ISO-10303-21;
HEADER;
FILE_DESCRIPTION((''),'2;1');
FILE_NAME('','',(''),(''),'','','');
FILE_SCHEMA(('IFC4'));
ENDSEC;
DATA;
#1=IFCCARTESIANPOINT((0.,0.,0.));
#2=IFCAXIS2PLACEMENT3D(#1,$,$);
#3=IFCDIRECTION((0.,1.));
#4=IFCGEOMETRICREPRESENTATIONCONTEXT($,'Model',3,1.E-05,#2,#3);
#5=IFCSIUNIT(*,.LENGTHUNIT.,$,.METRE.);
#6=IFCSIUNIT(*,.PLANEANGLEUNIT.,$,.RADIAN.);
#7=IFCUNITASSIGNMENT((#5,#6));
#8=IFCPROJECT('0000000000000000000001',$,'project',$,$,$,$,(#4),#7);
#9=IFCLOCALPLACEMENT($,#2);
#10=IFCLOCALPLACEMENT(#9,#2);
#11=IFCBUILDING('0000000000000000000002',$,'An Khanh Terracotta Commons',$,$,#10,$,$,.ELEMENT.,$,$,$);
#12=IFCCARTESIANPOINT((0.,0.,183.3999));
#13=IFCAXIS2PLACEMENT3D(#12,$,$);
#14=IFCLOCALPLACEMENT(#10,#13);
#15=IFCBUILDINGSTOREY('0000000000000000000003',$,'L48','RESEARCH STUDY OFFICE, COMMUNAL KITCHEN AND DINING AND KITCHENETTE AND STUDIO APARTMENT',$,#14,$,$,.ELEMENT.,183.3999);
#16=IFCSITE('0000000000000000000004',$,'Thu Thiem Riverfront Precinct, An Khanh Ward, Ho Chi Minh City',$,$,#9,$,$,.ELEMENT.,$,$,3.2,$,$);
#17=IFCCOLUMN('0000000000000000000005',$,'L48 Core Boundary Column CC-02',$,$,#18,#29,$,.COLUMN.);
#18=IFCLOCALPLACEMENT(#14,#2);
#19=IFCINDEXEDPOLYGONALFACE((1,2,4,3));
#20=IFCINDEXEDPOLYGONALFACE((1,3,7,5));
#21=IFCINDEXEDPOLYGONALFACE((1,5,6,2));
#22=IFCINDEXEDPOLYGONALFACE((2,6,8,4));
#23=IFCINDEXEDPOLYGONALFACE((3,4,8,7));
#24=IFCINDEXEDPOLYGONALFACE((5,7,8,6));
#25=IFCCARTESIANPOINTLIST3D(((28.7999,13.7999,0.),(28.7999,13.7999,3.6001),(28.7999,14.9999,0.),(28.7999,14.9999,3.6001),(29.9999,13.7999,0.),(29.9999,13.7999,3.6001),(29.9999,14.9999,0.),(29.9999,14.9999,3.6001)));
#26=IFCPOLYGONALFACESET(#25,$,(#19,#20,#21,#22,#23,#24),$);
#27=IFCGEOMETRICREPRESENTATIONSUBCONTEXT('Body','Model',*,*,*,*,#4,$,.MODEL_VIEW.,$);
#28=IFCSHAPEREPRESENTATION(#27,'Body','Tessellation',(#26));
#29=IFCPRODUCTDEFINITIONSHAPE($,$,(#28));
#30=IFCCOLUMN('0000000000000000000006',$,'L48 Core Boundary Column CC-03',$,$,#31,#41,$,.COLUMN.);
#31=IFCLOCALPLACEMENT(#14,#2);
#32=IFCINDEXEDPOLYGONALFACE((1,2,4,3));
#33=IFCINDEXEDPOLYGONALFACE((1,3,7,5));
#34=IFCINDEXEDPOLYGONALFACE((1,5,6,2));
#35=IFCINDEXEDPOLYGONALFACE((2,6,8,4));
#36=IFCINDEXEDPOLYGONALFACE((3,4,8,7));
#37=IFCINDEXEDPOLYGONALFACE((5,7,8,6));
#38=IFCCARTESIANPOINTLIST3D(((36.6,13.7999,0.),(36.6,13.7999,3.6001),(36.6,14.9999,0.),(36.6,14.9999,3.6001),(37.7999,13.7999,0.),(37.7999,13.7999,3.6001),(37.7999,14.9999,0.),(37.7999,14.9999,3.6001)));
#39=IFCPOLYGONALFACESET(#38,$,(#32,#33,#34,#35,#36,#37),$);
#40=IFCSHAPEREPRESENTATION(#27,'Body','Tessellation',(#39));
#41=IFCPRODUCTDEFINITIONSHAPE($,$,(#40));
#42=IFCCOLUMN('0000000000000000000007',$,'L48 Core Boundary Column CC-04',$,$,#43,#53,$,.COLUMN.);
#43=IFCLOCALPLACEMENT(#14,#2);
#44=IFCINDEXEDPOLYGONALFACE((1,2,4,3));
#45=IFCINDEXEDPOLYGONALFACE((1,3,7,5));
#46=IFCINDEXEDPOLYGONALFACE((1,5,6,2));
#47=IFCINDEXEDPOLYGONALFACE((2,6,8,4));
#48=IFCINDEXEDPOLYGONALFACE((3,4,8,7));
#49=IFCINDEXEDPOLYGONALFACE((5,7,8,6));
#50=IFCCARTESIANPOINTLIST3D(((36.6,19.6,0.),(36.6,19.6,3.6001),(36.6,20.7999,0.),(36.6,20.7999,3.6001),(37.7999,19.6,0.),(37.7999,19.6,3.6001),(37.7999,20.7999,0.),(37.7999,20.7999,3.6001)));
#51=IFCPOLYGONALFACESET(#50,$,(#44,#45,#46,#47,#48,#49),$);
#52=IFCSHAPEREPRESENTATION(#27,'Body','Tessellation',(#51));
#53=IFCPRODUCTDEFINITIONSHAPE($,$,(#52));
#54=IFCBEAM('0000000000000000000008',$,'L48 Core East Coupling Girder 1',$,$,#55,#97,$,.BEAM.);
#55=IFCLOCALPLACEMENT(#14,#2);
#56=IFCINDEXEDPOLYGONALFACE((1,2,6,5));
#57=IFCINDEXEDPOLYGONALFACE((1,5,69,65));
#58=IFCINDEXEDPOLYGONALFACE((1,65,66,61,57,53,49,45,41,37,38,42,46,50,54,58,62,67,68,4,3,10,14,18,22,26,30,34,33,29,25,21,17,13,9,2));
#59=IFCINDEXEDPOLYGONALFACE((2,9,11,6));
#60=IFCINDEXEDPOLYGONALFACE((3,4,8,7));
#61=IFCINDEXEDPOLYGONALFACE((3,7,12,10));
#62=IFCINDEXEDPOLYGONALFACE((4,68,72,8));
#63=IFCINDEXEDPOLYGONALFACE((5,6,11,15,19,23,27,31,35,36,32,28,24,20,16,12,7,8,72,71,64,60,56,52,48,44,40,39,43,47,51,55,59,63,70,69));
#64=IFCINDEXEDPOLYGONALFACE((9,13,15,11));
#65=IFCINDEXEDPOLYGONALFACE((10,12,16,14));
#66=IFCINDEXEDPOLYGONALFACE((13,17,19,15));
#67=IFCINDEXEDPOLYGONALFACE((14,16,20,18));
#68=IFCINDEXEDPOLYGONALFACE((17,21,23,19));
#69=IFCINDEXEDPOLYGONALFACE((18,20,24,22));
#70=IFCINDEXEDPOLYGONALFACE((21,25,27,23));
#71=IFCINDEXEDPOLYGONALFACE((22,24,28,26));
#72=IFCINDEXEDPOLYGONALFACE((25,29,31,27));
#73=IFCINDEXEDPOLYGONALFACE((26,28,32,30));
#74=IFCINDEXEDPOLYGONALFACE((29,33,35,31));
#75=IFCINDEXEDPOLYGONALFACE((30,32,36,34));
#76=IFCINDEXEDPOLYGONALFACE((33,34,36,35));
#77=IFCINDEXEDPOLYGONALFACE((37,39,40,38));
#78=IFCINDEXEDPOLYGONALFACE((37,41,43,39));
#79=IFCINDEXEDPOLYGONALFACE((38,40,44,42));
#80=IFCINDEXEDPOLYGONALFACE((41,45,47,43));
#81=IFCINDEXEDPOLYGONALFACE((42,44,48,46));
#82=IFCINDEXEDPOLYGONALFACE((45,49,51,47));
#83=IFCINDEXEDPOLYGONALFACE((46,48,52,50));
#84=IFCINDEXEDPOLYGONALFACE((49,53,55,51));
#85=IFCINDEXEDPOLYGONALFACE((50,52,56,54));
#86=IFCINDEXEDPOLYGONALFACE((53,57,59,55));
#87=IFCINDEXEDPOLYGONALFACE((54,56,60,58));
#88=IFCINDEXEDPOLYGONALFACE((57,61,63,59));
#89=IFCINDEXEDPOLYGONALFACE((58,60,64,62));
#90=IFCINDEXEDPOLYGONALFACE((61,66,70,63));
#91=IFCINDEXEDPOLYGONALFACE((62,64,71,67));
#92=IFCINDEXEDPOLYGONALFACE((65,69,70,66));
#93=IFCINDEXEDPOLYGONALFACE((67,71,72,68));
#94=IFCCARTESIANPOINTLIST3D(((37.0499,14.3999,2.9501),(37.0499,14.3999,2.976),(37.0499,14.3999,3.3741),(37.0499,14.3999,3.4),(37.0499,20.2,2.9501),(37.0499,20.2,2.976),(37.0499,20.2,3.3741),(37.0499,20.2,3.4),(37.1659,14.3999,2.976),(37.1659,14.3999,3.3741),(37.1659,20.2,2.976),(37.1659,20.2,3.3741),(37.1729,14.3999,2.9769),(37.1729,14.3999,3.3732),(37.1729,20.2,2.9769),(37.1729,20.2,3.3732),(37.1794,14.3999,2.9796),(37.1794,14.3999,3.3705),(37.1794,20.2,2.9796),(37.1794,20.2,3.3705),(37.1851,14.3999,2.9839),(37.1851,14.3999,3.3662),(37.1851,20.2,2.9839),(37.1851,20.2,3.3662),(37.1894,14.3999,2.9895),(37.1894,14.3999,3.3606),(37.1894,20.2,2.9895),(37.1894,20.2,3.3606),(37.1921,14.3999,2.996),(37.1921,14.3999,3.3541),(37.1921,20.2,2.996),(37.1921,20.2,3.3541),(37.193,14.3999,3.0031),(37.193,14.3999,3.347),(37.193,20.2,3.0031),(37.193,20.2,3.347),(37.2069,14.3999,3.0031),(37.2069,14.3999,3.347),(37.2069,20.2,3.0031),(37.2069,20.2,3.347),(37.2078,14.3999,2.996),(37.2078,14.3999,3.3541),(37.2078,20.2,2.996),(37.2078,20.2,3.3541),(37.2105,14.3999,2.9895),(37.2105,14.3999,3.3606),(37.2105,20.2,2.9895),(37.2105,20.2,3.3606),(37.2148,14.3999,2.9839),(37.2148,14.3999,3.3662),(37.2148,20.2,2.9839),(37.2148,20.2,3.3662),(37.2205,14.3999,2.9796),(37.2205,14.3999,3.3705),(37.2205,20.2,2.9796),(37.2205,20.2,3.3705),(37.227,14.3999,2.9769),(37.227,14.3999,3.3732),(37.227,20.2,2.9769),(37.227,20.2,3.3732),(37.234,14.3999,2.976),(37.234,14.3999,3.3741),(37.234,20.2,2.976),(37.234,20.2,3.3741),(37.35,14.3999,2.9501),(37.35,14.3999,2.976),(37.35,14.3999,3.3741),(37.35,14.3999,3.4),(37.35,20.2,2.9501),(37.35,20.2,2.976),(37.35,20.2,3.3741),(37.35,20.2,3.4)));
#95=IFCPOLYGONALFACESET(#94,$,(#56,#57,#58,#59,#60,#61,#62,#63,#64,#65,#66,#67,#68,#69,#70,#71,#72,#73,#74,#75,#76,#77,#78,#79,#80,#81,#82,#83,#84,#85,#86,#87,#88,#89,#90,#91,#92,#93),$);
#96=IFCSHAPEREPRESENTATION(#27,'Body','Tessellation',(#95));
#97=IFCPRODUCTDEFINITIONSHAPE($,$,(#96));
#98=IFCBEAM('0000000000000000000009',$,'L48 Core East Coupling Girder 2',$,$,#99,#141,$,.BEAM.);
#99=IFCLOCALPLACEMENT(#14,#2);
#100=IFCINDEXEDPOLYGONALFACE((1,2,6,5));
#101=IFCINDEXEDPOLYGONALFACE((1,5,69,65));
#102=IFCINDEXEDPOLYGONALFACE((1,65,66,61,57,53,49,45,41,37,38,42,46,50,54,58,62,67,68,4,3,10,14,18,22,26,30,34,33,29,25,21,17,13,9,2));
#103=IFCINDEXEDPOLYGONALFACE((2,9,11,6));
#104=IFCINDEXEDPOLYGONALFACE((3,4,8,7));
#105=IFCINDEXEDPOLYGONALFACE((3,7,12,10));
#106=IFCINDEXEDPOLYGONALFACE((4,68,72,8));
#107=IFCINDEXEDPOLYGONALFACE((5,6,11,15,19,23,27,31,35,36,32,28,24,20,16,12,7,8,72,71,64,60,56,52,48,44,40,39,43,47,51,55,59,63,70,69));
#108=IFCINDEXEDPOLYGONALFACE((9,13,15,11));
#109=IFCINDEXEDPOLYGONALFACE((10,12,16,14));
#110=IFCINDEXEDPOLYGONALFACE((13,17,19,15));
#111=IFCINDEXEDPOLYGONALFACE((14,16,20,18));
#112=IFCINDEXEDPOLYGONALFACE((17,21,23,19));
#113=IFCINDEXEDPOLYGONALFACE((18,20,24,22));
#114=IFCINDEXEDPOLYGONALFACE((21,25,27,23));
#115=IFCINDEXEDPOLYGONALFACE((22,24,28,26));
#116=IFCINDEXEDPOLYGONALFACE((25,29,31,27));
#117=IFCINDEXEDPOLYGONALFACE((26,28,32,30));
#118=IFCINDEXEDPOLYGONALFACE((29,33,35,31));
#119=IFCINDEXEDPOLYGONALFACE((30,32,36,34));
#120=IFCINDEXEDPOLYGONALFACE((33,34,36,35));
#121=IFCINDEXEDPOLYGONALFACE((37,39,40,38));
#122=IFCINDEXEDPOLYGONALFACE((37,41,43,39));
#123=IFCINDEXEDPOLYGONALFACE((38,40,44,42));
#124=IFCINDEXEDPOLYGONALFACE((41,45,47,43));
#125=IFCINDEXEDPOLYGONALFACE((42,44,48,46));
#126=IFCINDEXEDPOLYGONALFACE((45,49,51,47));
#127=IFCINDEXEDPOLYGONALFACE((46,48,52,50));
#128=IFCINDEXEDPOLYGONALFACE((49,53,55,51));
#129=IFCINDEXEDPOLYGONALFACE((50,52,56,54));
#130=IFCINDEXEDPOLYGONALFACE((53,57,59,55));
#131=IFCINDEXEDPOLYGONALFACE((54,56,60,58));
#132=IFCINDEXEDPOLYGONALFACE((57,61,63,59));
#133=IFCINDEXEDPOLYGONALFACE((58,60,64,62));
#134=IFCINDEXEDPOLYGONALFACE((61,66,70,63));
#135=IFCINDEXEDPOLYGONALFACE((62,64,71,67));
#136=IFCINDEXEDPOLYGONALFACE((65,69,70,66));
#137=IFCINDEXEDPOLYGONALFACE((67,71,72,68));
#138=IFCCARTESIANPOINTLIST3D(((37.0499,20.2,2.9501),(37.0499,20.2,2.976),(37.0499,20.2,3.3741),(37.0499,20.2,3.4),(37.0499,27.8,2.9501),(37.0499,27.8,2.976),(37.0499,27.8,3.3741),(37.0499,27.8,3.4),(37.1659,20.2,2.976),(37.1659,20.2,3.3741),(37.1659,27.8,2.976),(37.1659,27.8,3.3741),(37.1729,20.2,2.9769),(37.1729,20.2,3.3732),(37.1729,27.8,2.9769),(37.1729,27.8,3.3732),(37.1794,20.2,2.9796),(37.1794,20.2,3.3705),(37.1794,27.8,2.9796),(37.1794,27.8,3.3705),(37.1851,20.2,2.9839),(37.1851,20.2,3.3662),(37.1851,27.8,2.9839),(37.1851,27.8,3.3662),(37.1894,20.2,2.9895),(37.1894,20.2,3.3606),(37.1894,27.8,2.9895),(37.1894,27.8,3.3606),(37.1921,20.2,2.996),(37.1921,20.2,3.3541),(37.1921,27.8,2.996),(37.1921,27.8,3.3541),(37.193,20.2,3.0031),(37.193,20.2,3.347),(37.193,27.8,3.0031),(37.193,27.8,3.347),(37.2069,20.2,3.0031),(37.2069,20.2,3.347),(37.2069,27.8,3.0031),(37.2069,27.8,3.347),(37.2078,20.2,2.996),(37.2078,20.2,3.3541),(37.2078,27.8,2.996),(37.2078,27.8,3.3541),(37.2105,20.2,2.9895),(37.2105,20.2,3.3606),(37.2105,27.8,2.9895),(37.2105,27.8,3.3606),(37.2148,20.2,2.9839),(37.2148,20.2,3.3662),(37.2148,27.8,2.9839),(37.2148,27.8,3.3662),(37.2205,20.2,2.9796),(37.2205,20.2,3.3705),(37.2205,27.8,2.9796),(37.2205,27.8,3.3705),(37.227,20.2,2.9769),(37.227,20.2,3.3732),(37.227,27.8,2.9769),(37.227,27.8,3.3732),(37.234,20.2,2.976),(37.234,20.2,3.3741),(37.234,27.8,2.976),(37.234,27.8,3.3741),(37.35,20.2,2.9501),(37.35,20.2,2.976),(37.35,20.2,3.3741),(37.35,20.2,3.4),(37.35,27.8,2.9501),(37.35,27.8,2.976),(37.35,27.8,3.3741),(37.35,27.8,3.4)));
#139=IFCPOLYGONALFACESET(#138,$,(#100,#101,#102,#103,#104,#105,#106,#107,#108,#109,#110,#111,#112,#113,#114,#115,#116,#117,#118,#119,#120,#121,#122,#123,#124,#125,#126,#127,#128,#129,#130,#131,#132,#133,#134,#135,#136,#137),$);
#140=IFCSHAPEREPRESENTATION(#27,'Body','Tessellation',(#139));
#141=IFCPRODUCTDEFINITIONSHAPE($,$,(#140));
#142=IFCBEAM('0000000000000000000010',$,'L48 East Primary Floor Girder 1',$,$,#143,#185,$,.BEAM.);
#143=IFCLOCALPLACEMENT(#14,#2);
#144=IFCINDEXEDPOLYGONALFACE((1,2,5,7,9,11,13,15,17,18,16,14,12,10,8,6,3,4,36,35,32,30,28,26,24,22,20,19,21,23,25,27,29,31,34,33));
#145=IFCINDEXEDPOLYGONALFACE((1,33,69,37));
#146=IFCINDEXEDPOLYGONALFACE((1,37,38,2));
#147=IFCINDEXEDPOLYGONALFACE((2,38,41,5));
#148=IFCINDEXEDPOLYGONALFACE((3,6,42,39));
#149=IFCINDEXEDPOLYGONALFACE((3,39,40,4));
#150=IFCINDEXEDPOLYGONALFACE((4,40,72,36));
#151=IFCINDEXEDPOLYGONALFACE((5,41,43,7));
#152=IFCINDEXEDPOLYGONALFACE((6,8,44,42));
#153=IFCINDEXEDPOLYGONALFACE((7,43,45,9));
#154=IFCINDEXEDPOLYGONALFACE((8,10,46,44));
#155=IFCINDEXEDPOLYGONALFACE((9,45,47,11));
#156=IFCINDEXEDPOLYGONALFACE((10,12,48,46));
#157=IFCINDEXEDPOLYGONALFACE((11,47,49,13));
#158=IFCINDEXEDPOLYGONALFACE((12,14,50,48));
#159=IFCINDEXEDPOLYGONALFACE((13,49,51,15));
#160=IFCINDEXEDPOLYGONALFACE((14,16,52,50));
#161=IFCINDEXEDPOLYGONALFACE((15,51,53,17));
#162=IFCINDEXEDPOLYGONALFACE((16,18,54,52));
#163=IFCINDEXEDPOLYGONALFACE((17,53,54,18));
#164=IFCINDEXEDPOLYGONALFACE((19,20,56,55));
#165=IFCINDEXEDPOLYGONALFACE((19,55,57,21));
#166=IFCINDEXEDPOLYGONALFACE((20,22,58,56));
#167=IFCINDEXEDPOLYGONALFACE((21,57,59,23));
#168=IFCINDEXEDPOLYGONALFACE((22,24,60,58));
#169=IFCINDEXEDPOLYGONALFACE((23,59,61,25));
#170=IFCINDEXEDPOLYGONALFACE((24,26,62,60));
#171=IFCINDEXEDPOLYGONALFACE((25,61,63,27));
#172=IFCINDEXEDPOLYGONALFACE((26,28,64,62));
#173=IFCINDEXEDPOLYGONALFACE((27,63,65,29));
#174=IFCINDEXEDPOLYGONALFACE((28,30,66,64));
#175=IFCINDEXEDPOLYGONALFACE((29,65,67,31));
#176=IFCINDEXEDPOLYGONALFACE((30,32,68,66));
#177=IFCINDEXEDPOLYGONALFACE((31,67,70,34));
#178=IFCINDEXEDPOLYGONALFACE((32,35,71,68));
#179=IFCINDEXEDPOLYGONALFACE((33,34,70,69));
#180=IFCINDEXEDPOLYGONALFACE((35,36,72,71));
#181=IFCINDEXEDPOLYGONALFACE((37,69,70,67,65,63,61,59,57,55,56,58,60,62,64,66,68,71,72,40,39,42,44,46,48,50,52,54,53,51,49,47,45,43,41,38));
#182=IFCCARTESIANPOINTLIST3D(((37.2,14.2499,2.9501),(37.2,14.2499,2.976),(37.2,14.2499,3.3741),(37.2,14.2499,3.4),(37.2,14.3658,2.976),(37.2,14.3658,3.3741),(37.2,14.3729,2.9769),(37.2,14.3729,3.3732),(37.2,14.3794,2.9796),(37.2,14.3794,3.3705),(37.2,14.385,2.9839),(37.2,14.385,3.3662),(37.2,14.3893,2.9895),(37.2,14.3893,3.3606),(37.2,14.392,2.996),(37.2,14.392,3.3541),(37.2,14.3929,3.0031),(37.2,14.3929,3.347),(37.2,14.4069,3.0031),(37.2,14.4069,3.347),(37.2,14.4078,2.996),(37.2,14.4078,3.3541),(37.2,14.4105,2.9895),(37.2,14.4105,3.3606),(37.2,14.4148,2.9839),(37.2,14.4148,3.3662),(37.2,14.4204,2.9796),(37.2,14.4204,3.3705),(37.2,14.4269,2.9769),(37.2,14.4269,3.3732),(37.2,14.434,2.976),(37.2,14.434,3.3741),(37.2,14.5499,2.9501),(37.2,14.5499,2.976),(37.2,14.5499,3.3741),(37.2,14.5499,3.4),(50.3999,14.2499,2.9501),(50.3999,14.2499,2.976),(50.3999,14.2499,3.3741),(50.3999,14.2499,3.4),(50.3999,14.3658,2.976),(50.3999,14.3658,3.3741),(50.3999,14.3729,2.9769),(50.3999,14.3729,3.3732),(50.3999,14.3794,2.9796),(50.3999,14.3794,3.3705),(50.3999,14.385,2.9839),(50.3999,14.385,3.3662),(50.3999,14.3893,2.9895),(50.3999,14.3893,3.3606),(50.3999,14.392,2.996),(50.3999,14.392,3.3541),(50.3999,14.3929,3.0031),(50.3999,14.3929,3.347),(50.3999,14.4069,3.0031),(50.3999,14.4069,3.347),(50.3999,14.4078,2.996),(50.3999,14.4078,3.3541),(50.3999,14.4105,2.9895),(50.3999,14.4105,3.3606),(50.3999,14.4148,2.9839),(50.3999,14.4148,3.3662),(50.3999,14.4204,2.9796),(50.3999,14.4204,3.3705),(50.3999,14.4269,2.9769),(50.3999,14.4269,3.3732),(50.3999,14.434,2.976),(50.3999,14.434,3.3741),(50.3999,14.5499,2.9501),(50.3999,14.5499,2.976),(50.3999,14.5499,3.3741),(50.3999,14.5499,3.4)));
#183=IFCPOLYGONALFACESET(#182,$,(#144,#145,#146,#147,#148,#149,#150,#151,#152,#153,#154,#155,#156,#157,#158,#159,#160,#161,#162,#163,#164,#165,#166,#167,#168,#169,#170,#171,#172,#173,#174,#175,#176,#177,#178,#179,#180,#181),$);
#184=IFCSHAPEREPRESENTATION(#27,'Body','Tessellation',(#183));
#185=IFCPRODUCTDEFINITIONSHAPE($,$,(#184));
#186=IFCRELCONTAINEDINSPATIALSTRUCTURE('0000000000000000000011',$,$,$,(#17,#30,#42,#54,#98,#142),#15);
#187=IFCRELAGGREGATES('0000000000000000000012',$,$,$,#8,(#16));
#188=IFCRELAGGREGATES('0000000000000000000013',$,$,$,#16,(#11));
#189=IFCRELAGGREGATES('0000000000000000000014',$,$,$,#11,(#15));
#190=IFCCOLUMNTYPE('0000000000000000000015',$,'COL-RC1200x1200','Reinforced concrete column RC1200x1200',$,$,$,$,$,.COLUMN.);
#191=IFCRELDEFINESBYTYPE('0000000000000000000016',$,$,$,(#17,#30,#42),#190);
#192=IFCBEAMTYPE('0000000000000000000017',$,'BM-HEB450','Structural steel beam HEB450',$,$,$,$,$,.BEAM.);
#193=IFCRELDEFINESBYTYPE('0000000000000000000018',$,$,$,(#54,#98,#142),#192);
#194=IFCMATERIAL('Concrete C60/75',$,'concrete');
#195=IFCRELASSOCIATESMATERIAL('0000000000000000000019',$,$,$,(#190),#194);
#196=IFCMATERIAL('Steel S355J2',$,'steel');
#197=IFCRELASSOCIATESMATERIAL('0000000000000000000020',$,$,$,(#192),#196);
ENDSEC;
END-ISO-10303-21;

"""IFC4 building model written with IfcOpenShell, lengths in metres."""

from ifc_helpers import new_model, si_unit, direction, frame, origin, origin_2d, place, context, subcontext, project, spatial, rectangle, i_section, extrude, material, material_profile, profile_set, type_object, element, save


model = new_model("IFC4")

# Units and contexts
model_context = context("Model", 3, precision=1e-05, world=origin(), true_north=direction((0.0, 1.0)))
body_context = subcontext(model_context, "Body", "Model", "MODEL_VIEW")
ifc_project = project(units=[si_unit("LENGTHUNIT", "METRE"), si_unit("PLANEANGLEUNIT", "RADIAN")], contexts=[model_context])

# Site, building, storey
site_placement = place(None, origin())
site = spatial("IfcSite", under=ifc_project, at=site_placement, Name="Thu Thiem Riverfront Precinct, An Khanh Ward, Ho Chi Minh City", CompositionType="ELEMENT", RefElevation=3.2)
building_placement = place(site_placement, origin())
building = spatial("IfcBuilding", under=site, at=building_placement, Name="An Khanh Terracotta Commons", CompositionType="ELEMENT")
storey_placement = place(building_placement, frame((0.0, 0.0, 183.3999)))
storey = spatial("IfcBuildingStorey", under=building, at=storey_placement, Name="L48", Description="RESEARCH STUDY OFFICE, COMMUNAL KITCHEN AND DINING AND KITCHENETTE AND STUDIO APARTMENT", CompositionType="ELEMENT", Elevation=183.3999)

# Columns
ifc_material_1 = material(Name="Concrete C60/75", Category="concrete")
ifc_material_profile_1 = material_profile(ifc_material_1, rectangle(XDim=1.2, YDim=1.2, at=origin_2d()), Name="RC1200x1200")
ifc_profile_set_1 = profile_set([ifc_material_profile_1], Name="Concrete C60/75")
column_type = type_object("IfcColumnType", Name="COL-RC1200x1200", Description="Reinforced concrete column RC1200x1200", PredefinedType="COLUMN", material=ifc_profile_set_1)
for number, where, z_axis, x_axis, name in (
    (1, (29.3999, 14.3999, 0.0), (0.0, 0.0, 1.0), (1.0, 0.0, 0.0), "L48 Core Boundary Column CC-02"),
    (2, (37.2, 14.3999, 0.0), (0.0, 0.0, 1.0), (1.0, 0.0, 0.0), "L48 Core Boundary Column CC-03"),
    (3, (37.2, 20.2, 0.0), (0.0, 0.0, 1.0), (1.0, 0.0, 0.0), "L48 Core Boundary Column CC-04"),
):
    element("IfcColumn", number, at=place(storey_placement, frame(where, z_axis=z_axis, x_axis=x_axis)), inside=storey, type_object=column_type, Name=name, PredefinedType="COLUMN", context=body_context, shape_type="SweptSolid", body=[
        extrude(rectangle(XDim=1.2, YDim=1.2, at=origin_2d()), origin(), (0.0, 0.0, 1.0), 3.6001),
    ])

# Beams
ifc_material_2 = material(Name="Steel S355J2", Category="steel")
ifc_material_profile_2 = material_profile(ifc_material_2, i_section(OverallWidth=0.3, OverallDepth=0.45, WebThickness=0.0139, FlangeThickness=0.0259, FilletRadius=0.0271, at=origin_2d()), Name="HEB450")
ifc_profile_set_2 = profile_set([ifc_material_profile_2], Name="Steel S355J2")
beam_type_1 = type_object("IfcBeamType", Name="BM-HEB450", Description="Structural steel beam HEB450", PredefinedType="BEAM", material=ifc_profile_set_2)
beam_1_placement = place(storey_placement, frame((37.2, 14.3999, 3.175), z_axis=(0.0, 1.0, 0.0), x_axis=(-1.0, 0.0, 0.0)))
element("IfcBeam", 4, at=beam_1_placement, inside=storey, type_object=beam_type_1, Name="L48 Core East Coupling Girder 1", PredefinedType="BEAM", context=body_context, shape_type="SweptSolid", body=[
    extrude(i_section(OverallWidth=0.3, OverallDepth=0.45, WebThickness=0.0139, FlangeThickness=0.0259, FilletRadius=0.0271, at=origin_2d()), origin(), (0.0, 0.0, 1.0), 5.8),
])
beam_2_placement = place(storey_placement, frame((37.2, 20.2, 3.175), z_axis=(0.0, 1.0, 0.0), x_axis=(-1.0, 0.0, 0.0)))
element("IfcBeam", 5, at=beam_2_placement, inside=storey, type_object=beam_type_1, Name="L48 Core East Coupling Girder 2", PredefinedType="BEAM", context=body_context, shape_type="SweptSolid", body=[
    extrude(i_section(OverallWidth=0.3, OverallDepth=0.45, WebThickness=0.0139, FlangeThickness=0.0259, FilletRadius=0.0271, at=origin_2d()), origin(), (0.0, 0.0, 1.0), 7.6001),
])
beam_3_placement = place(storey_placement, frame((37.2, 14.3999, 3.175), z_axis=(1.0, 0.0, 0.0), x_axis=(0.0, 1.0, 0.0)))
element("IfcBeam", 6, at=beam_3_placement, inside=storey, type_object=beam_type_1, Name="L48 East Primary Floor Girder 1", PredefinedType="BEAM", context=body_context, shape_type="SweptSolid", body=[
    extrude(i_section(OverallWidth=0.3, OverallDepth=0.45, WebThickness=0.0139, FlangeThickness=0.0259, FilletRadius=0.0271, at=origin_2d()), origin(), (0.0, 0.0, 1.0), 13.2),
])

save(model, "model.ifc")
